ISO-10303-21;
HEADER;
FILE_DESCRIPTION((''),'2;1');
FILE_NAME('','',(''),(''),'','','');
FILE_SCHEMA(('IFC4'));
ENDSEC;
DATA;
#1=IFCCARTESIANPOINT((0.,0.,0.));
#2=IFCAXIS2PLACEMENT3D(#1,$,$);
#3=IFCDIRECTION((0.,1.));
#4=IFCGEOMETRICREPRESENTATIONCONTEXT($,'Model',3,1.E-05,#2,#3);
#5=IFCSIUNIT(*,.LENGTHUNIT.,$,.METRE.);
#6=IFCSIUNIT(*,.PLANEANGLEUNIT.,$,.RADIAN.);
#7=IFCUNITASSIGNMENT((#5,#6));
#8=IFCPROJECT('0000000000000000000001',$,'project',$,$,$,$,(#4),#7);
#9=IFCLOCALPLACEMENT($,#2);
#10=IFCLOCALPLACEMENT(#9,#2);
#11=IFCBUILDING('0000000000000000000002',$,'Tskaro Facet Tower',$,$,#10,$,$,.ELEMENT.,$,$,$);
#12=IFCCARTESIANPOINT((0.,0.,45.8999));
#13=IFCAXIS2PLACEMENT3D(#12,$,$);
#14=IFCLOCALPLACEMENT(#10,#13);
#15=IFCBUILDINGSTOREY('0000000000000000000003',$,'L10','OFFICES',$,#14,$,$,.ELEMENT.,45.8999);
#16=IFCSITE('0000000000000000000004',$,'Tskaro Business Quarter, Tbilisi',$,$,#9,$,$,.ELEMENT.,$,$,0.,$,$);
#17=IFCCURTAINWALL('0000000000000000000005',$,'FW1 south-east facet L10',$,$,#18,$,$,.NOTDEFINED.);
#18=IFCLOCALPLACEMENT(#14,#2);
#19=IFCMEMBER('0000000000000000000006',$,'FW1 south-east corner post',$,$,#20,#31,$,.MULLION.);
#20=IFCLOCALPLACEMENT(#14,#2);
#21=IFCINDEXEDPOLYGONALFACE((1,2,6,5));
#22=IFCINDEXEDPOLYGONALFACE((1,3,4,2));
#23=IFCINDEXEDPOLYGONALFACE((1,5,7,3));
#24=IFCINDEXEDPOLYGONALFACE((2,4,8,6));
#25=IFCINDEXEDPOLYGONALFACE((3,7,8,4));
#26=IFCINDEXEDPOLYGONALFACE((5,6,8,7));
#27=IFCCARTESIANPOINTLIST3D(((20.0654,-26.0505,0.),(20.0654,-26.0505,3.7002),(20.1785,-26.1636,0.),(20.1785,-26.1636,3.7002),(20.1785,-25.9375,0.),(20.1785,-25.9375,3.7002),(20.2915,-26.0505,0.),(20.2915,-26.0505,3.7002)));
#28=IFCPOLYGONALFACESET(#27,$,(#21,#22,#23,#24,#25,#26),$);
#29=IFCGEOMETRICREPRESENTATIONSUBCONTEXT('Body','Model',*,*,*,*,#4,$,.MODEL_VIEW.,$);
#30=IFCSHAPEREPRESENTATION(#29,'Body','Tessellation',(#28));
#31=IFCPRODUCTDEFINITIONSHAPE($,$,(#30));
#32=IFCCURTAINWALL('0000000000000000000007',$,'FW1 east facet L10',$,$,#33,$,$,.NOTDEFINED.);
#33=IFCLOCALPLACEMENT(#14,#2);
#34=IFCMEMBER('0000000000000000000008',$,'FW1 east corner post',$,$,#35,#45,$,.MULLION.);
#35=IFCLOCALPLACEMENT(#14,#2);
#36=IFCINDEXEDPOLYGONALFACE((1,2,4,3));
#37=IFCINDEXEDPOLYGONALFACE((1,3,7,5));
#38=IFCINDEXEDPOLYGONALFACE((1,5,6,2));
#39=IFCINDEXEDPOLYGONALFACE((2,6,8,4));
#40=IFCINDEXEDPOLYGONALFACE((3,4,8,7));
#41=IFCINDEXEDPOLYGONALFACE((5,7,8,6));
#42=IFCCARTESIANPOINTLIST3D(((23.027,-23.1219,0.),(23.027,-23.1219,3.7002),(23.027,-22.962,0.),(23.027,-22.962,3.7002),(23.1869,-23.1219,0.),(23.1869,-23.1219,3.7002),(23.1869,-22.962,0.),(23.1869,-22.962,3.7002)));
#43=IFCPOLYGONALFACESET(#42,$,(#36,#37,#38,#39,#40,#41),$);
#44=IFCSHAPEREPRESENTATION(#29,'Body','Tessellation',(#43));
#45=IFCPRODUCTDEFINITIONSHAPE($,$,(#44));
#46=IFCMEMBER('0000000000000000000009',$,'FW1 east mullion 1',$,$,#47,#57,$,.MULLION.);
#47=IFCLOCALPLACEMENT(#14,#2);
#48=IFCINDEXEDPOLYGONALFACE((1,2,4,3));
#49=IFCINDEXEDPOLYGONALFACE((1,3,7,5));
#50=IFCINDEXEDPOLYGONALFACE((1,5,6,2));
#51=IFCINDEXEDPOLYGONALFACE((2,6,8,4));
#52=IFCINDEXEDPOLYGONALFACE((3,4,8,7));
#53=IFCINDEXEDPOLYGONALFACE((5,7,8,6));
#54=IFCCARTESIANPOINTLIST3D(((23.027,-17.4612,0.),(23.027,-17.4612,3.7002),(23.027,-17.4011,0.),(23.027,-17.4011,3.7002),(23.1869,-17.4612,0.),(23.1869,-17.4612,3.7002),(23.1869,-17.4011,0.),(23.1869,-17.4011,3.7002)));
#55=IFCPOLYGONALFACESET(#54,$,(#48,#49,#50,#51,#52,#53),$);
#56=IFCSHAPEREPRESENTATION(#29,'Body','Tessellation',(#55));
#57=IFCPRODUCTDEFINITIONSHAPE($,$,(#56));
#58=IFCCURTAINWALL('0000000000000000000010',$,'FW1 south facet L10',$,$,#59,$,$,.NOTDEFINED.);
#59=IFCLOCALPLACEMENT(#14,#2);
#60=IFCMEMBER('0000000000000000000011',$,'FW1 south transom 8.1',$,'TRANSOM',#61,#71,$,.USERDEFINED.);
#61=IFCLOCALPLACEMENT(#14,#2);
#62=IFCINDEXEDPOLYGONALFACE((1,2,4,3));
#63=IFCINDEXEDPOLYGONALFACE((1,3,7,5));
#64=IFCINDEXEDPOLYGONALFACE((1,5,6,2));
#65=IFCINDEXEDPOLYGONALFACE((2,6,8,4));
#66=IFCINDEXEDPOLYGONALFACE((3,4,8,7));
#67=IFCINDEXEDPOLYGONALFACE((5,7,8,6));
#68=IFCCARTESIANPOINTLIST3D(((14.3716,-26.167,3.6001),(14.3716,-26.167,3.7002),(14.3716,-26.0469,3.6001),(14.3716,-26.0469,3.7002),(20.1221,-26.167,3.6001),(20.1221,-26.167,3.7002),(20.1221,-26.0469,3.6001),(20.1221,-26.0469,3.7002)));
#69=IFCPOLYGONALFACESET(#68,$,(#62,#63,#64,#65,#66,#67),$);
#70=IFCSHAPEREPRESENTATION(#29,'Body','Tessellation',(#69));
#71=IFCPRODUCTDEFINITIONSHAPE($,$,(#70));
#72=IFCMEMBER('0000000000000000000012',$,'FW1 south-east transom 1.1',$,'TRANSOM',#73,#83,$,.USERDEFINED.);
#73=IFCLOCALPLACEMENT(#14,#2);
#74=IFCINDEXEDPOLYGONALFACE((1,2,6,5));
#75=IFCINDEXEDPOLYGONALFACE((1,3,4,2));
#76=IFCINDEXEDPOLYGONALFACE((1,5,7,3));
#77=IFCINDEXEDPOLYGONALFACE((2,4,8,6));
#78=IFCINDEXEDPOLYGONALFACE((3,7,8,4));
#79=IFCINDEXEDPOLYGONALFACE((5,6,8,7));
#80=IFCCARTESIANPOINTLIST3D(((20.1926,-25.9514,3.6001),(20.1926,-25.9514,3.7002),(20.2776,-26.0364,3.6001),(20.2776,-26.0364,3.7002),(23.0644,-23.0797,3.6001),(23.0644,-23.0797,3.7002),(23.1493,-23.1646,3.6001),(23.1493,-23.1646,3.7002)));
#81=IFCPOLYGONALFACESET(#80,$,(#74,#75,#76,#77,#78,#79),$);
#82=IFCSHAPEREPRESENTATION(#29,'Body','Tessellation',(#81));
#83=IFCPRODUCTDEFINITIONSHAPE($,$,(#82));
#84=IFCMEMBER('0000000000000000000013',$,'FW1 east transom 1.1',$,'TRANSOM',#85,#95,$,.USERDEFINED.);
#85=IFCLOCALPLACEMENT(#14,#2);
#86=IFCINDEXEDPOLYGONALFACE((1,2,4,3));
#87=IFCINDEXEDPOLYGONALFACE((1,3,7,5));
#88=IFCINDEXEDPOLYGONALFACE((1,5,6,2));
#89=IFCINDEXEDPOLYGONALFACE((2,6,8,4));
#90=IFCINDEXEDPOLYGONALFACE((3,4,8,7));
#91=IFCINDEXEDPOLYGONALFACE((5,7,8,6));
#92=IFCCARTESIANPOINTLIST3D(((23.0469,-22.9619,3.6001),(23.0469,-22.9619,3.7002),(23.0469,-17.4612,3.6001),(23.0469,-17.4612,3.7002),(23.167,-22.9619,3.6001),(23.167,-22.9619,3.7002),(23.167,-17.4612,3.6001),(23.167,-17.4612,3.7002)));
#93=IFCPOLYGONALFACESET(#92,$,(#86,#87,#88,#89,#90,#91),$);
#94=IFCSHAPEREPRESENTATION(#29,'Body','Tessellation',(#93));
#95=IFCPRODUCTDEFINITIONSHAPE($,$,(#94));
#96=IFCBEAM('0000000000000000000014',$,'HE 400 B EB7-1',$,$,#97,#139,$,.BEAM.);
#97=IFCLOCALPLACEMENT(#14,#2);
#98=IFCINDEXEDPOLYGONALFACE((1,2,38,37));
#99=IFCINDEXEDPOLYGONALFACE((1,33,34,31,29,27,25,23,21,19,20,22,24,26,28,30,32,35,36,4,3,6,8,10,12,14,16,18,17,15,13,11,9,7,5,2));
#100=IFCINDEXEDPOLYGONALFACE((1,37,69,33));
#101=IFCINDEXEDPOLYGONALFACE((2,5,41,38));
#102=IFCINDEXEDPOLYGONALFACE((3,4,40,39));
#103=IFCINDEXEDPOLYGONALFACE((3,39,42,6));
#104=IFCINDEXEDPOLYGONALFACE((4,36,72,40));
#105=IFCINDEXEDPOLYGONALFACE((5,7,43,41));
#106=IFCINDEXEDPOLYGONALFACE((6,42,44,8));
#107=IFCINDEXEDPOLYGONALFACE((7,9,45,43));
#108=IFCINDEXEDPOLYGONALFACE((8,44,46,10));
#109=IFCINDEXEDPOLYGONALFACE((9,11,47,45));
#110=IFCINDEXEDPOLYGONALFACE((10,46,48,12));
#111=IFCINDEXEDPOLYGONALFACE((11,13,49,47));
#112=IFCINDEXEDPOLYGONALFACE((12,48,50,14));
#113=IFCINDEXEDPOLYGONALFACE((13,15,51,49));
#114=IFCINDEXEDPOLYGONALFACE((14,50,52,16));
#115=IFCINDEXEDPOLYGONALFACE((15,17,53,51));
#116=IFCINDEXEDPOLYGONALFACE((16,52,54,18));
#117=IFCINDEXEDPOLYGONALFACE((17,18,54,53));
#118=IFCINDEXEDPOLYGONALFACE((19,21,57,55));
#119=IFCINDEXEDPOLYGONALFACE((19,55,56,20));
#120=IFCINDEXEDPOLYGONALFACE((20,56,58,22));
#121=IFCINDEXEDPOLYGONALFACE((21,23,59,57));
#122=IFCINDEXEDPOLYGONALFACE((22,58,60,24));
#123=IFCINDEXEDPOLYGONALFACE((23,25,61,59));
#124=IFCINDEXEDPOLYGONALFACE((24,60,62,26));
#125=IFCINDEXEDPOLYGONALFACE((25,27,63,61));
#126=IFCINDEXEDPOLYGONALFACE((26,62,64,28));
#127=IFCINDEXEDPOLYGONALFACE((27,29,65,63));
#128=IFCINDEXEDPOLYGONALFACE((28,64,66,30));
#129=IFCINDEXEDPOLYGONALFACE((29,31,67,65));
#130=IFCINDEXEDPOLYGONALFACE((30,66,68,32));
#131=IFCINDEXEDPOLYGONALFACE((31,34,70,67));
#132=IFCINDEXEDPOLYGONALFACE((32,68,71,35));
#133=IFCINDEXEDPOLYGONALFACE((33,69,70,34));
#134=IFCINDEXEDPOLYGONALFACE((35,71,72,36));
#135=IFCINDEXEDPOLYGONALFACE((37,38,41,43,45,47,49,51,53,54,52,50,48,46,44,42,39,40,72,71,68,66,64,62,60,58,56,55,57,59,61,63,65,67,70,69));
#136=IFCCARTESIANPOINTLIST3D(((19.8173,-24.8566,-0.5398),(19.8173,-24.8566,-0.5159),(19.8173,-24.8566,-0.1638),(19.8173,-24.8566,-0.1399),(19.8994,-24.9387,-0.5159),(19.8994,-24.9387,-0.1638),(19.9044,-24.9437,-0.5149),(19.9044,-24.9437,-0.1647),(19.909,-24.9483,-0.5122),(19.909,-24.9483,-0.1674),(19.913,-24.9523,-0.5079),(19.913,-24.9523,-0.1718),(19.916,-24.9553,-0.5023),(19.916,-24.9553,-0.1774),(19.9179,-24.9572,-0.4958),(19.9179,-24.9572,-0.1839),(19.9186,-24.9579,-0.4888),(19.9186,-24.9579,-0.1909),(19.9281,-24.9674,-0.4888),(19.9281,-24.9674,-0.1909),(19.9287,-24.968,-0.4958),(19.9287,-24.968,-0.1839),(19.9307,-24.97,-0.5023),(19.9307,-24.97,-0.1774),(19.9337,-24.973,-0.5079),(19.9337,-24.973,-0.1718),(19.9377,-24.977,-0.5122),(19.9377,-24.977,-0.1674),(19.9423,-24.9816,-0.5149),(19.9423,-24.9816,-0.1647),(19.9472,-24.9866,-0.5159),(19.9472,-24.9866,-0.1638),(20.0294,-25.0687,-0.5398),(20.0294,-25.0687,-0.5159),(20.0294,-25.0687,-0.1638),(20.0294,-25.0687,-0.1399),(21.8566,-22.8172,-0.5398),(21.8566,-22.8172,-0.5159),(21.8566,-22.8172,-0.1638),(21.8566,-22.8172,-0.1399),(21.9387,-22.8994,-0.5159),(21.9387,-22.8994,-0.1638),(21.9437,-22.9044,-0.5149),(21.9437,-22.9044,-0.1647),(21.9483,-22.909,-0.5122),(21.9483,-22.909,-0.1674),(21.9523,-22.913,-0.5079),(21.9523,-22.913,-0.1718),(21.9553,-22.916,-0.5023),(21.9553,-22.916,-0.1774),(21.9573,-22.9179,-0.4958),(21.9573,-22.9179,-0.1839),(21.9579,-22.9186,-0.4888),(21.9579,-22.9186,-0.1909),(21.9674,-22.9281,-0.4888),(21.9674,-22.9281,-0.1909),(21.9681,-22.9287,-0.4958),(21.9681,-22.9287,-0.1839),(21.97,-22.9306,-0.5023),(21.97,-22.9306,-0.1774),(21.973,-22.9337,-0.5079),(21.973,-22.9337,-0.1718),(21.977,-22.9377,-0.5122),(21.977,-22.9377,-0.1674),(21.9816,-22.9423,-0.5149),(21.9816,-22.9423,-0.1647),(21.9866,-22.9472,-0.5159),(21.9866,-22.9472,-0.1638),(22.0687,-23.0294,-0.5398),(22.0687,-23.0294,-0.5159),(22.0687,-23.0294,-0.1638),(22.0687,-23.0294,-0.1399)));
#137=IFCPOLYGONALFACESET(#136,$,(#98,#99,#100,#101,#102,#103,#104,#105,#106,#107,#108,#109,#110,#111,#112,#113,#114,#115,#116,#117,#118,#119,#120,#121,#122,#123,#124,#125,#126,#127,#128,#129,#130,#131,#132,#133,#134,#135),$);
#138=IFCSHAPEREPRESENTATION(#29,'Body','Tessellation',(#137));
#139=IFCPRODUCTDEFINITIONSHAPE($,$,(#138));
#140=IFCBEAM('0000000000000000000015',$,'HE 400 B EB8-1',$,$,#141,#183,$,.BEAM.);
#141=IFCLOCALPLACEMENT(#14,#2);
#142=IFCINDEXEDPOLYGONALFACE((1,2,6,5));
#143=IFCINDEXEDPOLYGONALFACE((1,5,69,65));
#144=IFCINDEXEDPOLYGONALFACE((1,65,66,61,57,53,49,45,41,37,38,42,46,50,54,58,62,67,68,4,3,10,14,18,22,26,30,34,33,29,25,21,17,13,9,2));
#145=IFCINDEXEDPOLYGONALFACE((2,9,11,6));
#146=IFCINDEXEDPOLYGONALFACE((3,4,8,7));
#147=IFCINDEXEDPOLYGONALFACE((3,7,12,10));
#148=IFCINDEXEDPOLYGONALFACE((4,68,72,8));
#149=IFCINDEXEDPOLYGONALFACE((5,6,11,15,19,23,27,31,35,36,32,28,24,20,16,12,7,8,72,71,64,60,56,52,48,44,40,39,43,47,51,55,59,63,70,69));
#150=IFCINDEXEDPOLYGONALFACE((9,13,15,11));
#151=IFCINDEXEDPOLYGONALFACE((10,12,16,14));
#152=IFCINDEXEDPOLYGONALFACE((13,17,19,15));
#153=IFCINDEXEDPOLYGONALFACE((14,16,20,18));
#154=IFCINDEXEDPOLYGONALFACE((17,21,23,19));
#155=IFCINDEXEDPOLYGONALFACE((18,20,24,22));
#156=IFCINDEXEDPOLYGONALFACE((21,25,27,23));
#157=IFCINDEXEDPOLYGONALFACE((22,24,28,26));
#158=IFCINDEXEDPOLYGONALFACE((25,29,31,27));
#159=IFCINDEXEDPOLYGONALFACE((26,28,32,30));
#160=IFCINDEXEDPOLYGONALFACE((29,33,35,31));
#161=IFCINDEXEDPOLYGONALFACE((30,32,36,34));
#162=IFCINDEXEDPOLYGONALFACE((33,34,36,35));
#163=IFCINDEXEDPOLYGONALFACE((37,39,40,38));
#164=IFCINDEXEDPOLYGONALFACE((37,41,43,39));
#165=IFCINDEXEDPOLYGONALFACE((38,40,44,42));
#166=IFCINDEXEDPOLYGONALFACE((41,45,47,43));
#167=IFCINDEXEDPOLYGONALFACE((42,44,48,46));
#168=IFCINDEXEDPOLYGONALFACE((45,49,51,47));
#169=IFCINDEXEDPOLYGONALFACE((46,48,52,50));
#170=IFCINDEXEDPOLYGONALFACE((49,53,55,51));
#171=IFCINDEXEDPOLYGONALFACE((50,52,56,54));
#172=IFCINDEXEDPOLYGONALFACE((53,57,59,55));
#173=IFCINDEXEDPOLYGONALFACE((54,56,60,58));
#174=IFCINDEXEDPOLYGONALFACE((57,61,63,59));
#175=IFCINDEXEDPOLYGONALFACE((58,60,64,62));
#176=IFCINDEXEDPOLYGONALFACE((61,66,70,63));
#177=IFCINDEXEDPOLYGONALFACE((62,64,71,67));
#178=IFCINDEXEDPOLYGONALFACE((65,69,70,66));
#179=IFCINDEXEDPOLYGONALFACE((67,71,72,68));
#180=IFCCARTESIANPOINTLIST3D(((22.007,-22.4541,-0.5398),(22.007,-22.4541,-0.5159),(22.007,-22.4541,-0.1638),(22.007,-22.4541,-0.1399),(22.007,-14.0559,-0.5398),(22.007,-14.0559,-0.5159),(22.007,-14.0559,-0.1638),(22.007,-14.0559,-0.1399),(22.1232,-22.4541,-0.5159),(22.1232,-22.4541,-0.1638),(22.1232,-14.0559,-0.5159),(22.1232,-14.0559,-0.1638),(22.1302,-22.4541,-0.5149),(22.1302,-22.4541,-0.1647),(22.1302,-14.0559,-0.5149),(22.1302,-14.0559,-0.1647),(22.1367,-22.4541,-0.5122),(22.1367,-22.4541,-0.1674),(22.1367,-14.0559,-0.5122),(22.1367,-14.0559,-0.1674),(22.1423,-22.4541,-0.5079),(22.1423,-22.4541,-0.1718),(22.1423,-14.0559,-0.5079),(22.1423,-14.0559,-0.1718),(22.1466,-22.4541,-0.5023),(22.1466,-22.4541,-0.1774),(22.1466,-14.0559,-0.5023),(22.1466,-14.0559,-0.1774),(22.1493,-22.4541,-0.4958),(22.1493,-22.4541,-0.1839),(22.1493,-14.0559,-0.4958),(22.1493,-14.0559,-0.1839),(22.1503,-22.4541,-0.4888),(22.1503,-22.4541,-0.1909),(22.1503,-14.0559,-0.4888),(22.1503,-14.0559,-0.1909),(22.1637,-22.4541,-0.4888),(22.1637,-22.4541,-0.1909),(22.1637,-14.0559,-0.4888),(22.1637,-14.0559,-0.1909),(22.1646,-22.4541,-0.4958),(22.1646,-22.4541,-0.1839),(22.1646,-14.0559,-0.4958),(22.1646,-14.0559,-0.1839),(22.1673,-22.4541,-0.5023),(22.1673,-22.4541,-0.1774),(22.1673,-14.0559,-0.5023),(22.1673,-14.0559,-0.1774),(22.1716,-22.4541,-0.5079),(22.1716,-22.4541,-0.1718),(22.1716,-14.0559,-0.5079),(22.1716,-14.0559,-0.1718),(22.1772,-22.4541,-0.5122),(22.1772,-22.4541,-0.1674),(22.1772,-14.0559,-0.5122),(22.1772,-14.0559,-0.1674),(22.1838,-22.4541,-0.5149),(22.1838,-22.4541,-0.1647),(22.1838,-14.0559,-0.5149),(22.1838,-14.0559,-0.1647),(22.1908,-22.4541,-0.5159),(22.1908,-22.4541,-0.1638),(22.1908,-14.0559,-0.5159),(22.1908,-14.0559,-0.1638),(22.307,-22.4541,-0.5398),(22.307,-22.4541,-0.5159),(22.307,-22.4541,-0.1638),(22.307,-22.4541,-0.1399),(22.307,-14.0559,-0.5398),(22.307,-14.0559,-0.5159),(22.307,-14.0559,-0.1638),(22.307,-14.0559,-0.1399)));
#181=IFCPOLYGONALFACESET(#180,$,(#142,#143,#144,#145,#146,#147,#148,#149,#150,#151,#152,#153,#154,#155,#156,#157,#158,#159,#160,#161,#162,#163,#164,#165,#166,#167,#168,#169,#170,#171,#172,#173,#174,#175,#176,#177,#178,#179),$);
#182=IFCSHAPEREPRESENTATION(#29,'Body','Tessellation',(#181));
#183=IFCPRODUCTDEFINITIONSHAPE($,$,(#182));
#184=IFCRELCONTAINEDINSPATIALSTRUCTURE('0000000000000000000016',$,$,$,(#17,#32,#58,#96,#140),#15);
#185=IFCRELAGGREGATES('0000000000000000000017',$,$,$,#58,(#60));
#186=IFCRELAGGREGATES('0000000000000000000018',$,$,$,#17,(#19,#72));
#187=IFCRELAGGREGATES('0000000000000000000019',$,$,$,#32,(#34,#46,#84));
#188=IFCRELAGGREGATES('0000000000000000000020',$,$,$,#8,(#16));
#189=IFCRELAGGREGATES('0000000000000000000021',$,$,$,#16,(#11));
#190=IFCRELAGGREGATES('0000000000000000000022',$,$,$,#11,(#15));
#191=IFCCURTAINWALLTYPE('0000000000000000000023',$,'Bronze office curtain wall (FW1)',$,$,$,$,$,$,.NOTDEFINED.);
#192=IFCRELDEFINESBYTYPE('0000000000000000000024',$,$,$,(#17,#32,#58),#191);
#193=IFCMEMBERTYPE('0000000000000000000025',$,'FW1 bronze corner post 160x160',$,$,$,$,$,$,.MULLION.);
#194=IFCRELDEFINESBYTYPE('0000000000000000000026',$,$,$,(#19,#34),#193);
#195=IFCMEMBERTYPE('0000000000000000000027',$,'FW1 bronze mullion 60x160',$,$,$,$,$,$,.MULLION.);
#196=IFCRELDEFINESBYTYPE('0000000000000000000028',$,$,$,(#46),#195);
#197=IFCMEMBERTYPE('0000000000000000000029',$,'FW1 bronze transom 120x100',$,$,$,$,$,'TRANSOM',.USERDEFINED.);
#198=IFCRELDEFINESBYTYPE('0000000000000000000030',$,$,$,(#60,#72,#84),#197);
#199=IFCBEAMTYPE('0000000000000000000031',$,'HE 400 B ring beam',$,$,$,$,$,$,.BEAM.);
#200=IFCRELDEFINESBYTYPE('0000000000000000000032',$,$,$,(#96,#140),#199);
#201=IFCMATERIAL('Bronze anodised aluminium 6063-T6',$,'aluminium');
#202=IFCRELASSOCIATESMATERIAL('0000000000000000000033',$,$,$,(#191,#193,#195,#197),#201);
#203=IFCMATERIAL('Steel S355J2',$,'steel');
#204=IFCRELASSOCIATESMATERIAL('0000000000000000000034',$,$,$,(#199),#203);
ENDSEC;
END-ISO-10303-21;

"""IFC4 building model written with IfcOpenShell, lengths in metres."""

from ifc_helpers import new_model, si_unit, direction, frame, origin, origin_2d, place, context, subcontext, project, spatial, rectangle, i_section, extrude, material, material_profile, profile_set, type_object, element, aggregate, save


model = new_model("IFC4")

# Units and contexts
model_context = context("Model", 3, precision=1e-05, world=origin(), true_north=direction((0.0, 1.0)))
body_context = subcontext(model_context, "Body", "Model", "MODEL_VIEW")
ifc_project = project(units=[si_unit("LENGTHUNIT", "METRE"), si_unit("PLANEANGLEUNIT", "RADIAN")], contexts=[model_context])

# Site, building, storey
site_placement = place(None, origin())
site = spatial("IfcSite", under=ifc_project, at=site_placement, Name="Tskaro Business Quarter, Tbilisi", CompositionType="ELEMENT", RefElevation=0.0)
building_placement = place(site_placement, origin())
building = spatial("IfcBuilding", under=site, at=building_placement, Name="Tskaro Facet Tower", CompositionType="ELEMENT")
storey_placement = place(building_placement, frame((0.0, 0.0, 45.8999)))
storey = spatial("IfcBuildingStorey", under=building, at=storey_placement, Name="L10", Description="OFFICES", CompositionType="ELEMENT", Elevation=45.8999)

# Curtain wall, member
ifc_material_1 = material(Name="Bronze anodised aluminium 6063-T6", Category="aluminium")
curtain_wall_type = type_object("IfcCurtainWallType", Name="Bronze office curtain wall (FW1)", PredefinedType="NOTDEFINED", material=ifc_material_1)
curtain_wall_1_placement = place(storey_placement, origin())
curtain_wall_1 = element("IfcCurtainWall", 1, at=curtain_wall_1_placement, inside=storey, type_object=curtain_wall_type, Name="FW1 south-east facet L10", PredefinedType="NOTDEFINED")
ifc_material_profile_1 = material_profile(ifc_material_1, rectangle(XDim=0.1599, YDim=0.1599, at=origin_2d()), Name="Corner post 160x160")
ifc_profile_set_1 = profile_set([ifc_material_profile_1], Name="Bronze anodised aluminium 6063-T6")
member_type_1 = type_object("IfcMemberType", Name="FW1 bronze corner post 160x160", PredefinedType="MULLION", material=ifc_profile_set_1)
member_1_placement = place(storey_placement, frame((20.1785, -26.0505, 0.0), z_axis=(0.0, 0.0, 1.0), x_axis=(0.707107, 0.707107, 0.0)))
member_1 = element("IfcMember", 2, at=member_1_placement, type_object=member_type_1, Name="FW1 south-east corner post", PredefinedType="MULLION", context=body_context, shape_type="SweptSolid", body=[
    extrude(rectangle(XDim=0.1599, YDim=0.1599, at=origin_2d()), origin(), (0.0, 0.0, 1.0), 3.7002),
])

# Curtain wall, members
curtain_wall_2_placement = place(storey_placement, origin())
curtain_wall_2 = element("IfcCurtainWall", 3, at=curtain_wall_2_placement, inside=storey, type_object=curtain_wall_type, Name="FW1 east facet L10", PredefinedType="NOTDEFINED")
member_2_placement = place(storey_placement, frame((23.1069, -23.042, 0.0), z_axis=(0.0, 0.0, 1.0), x_axis=(0.0, 1.0, 0.0)))
member_2 = element("IfcMember", 4, at=member_2_placement, type_object=member_type_1, Name="FW1 east corner post", PredefinedType="MULLION", context=body_context, shape_type="SweptSolid", body=[
    extrude(rectangle(XDim=0.1599, YDim=0.1599, at=origin_2d()), origin(), (0.0, 0.0, 1.0), 3.7002),
])
ifc_material_profile_2 = material_profile(ifc_material_1, rectangle(XDim=0.0601, YDim=0.1599, at=origin_2d()), Name="Mullion 60x160")
ifc_profile_set_2 = profile_set([ifc_material_profile_2], Name="Bronze anodised aluminium 6063-T6")
member_type_2 = type_object("IfcMemberType", Name="FW1 bronze mullion 60x160", PredefinedType="MULLION", material=ifc_profile_set_2)
member_3_placement = place(storey_placement, frame((23.1069, -17.4312, 0.0), z_axis=(0.0, 0.0, 1.0), x_axis=(0.0, 1.0, 0.0)))
member_3 = element("IfcMember", 5, at=member_3_placement, type_object=member_type_2, Name="FW1 east mullion 1", PredefinedType="MULLION", context=body_context, shape_type="SweptSolid", body=[
    extrude(rectangle(XDim=0.0601, YDim=0.1599, at=origin_2d()), origin(), (0.0, 0.0, 1.0), 3.7002),
])

# Curtain wall, member
curtain_wall_3_placement = place(storey_placement, origin())
curtain_wall_3 = element("IfcCurtainWall", 6, at=curtain_wall_3_placement, inside=storey, type_object=curtain_wall_type, Name="FW1 south facet L10", PredefinedType="NOTDEFINED")
ifc_material_profile_3 = material_profile(ifc_material_1, rectangle(XDim=0.1201, YDim=0.1001, at=origin_2d()), Name="Transom 120x100")
ifc_profile_set_3 = profile_set([ifc_material_profile_3], Name="Bronze anodised aluminium 6063-T6")
member_type_3 = type_object("IfcMemberType", Name="FW1 bronze transom 120x100", ElementType="TRANSOM", PredefinedType="USERDEFINED", material=ifc_profile_set_3)
member_4_placement = place(storey_placement, frame((14.3716, -26.1069, 3.6501), z_axis=(1.0, 0.0, 0.0), x_axis=(0.0, 1.0, 0.0)))
member_4 = element("IfcMember", 7, at=member_4_placement, type_object=member_type_3, Name="FW1 south transom 8.1", ObjectType="TRANSOM", PredefinedType="USERDEFINED", context=body_context, shape_type="SweptSolid", body=[
    extrude(rectangle(XDim=0.1201, YDim=0.1001, at=origin_2d()), origin(), (0.0, 0.0, 1.0), 5.7505),
])

# Members
member_5_placement = place(storey_placement, frame((20.2351, -25.9939, 3.6501), z_axis=(0.707107, 0.707107, 0.0), x_axis=(-0.707107, 0.707107, 0.0)))
member_5 = element("IfcMember", 8, at=member_5_placement, type_object=member_type_3, Name="FW1 south-east transom 1.1", ObjectType="TRANSOM", PredefinedType="USERDEFINED", context=body_context, shape_type="SweptSolid", body=[
    extrude(rectangle(XDim=0.1201, YDim=0.1001, at=origin_2d()), origin(), (0.0, 0.0, 1.0), 4.0613),
])
member_6_placement = place(storey_placement, frame((23.1069, -22.9619, 3.6501), z_axis=(0.0, 1.0, 0.0), x_axis=(-1.0, 0.0, 0.0)))
member_6 = element("IfcMember", 9, at=member_6_placement, type_object=member_type_3, Name="FW1 east transom 1.1", ObjectType="TRANSOM", PredefinedType="USERDEFINED", context=body_context, shape_type="SweptSolid", body=[
    extrude(rectangle(XDim=0.1201, YDim=0.1001, at=origin_2d()), origin(), (0.0, 0.0, 1.0), 5.5007),
])

# Beams
ifc_material_2 = material(Name="Steel S355J2", Category="steel")
ifc_material_profile_4 = material_profile(ifc_material_2, i_section(OverallWidth=0.3, OverallDepth=0.3999, WebThickness=0.0134, FlangeThickness=0.0239, FilletRadius=0.0271, at=origin_2d()), Name="HE 400 B")
ifc_profile_set_4 = profile_set([ifc_material_profile_4], Name="Steel S355J2")
beam_type_1 = type_object("IfcBeamType", Name="HE 400 B ring beam", PredefinedType="BEAM", material=ifc_profile_set_4)
beam_1_placement = place(storey_placement, frame((19.9233, -24.9626, -0.3398), z_axis=(0.707107, 0.707107, 0.0), x_axis=(-0.707107, 0.707107, 0.0)))
element("IfcBeam", 10, at=beam_1_placement, inside=storey, type_object=beam_type_1, Name="HE 400 B EB7-1", PredefinedType="BEAM", context=body_context, shape_type="SweptSolid", body=[
    extrude(i_section(OverallWidth=0.3, OverallDepth=0.3999, WebThickness=0.0134, FlangeThickness=0.0239, FilletRadius=0.0271, at=origin_2d()), origin(), (0.0, 0.0, 1.0), 2.884),
])
beam_2_placement = place(storey_placement, frame((22.157, -22.4541, -0.3398), z_axis=(0.0, 1.0, 0.0), x_axis=(-1.0, 0.0, 0.0)))
element("IfcBeam", 11, at=beam_2_placement, inside=storey, type_object=beam_type_1, Name="HE 400 B EB8-1", PredefinedType="BEAM", context=body_context, shape_type="SweptSolid", body=[
    extrude(i_section(OverallWidth=0.3, OverallDepth=0.3999, WebThickness=0.0134, FlangeThickness=0.0239, FilletRadius=0.0271, at=origin_2d()), origin(), (0.0, 0.0, 1.0), 8.3982),
])

aggregate(curtain_wall_3, [member_4])
aggregate(curtain_wall_1, [member_1, member_5])
aggregate(curtain_wall_2, [member_2, member_3, member_6])

save(model, "model.ifc")
